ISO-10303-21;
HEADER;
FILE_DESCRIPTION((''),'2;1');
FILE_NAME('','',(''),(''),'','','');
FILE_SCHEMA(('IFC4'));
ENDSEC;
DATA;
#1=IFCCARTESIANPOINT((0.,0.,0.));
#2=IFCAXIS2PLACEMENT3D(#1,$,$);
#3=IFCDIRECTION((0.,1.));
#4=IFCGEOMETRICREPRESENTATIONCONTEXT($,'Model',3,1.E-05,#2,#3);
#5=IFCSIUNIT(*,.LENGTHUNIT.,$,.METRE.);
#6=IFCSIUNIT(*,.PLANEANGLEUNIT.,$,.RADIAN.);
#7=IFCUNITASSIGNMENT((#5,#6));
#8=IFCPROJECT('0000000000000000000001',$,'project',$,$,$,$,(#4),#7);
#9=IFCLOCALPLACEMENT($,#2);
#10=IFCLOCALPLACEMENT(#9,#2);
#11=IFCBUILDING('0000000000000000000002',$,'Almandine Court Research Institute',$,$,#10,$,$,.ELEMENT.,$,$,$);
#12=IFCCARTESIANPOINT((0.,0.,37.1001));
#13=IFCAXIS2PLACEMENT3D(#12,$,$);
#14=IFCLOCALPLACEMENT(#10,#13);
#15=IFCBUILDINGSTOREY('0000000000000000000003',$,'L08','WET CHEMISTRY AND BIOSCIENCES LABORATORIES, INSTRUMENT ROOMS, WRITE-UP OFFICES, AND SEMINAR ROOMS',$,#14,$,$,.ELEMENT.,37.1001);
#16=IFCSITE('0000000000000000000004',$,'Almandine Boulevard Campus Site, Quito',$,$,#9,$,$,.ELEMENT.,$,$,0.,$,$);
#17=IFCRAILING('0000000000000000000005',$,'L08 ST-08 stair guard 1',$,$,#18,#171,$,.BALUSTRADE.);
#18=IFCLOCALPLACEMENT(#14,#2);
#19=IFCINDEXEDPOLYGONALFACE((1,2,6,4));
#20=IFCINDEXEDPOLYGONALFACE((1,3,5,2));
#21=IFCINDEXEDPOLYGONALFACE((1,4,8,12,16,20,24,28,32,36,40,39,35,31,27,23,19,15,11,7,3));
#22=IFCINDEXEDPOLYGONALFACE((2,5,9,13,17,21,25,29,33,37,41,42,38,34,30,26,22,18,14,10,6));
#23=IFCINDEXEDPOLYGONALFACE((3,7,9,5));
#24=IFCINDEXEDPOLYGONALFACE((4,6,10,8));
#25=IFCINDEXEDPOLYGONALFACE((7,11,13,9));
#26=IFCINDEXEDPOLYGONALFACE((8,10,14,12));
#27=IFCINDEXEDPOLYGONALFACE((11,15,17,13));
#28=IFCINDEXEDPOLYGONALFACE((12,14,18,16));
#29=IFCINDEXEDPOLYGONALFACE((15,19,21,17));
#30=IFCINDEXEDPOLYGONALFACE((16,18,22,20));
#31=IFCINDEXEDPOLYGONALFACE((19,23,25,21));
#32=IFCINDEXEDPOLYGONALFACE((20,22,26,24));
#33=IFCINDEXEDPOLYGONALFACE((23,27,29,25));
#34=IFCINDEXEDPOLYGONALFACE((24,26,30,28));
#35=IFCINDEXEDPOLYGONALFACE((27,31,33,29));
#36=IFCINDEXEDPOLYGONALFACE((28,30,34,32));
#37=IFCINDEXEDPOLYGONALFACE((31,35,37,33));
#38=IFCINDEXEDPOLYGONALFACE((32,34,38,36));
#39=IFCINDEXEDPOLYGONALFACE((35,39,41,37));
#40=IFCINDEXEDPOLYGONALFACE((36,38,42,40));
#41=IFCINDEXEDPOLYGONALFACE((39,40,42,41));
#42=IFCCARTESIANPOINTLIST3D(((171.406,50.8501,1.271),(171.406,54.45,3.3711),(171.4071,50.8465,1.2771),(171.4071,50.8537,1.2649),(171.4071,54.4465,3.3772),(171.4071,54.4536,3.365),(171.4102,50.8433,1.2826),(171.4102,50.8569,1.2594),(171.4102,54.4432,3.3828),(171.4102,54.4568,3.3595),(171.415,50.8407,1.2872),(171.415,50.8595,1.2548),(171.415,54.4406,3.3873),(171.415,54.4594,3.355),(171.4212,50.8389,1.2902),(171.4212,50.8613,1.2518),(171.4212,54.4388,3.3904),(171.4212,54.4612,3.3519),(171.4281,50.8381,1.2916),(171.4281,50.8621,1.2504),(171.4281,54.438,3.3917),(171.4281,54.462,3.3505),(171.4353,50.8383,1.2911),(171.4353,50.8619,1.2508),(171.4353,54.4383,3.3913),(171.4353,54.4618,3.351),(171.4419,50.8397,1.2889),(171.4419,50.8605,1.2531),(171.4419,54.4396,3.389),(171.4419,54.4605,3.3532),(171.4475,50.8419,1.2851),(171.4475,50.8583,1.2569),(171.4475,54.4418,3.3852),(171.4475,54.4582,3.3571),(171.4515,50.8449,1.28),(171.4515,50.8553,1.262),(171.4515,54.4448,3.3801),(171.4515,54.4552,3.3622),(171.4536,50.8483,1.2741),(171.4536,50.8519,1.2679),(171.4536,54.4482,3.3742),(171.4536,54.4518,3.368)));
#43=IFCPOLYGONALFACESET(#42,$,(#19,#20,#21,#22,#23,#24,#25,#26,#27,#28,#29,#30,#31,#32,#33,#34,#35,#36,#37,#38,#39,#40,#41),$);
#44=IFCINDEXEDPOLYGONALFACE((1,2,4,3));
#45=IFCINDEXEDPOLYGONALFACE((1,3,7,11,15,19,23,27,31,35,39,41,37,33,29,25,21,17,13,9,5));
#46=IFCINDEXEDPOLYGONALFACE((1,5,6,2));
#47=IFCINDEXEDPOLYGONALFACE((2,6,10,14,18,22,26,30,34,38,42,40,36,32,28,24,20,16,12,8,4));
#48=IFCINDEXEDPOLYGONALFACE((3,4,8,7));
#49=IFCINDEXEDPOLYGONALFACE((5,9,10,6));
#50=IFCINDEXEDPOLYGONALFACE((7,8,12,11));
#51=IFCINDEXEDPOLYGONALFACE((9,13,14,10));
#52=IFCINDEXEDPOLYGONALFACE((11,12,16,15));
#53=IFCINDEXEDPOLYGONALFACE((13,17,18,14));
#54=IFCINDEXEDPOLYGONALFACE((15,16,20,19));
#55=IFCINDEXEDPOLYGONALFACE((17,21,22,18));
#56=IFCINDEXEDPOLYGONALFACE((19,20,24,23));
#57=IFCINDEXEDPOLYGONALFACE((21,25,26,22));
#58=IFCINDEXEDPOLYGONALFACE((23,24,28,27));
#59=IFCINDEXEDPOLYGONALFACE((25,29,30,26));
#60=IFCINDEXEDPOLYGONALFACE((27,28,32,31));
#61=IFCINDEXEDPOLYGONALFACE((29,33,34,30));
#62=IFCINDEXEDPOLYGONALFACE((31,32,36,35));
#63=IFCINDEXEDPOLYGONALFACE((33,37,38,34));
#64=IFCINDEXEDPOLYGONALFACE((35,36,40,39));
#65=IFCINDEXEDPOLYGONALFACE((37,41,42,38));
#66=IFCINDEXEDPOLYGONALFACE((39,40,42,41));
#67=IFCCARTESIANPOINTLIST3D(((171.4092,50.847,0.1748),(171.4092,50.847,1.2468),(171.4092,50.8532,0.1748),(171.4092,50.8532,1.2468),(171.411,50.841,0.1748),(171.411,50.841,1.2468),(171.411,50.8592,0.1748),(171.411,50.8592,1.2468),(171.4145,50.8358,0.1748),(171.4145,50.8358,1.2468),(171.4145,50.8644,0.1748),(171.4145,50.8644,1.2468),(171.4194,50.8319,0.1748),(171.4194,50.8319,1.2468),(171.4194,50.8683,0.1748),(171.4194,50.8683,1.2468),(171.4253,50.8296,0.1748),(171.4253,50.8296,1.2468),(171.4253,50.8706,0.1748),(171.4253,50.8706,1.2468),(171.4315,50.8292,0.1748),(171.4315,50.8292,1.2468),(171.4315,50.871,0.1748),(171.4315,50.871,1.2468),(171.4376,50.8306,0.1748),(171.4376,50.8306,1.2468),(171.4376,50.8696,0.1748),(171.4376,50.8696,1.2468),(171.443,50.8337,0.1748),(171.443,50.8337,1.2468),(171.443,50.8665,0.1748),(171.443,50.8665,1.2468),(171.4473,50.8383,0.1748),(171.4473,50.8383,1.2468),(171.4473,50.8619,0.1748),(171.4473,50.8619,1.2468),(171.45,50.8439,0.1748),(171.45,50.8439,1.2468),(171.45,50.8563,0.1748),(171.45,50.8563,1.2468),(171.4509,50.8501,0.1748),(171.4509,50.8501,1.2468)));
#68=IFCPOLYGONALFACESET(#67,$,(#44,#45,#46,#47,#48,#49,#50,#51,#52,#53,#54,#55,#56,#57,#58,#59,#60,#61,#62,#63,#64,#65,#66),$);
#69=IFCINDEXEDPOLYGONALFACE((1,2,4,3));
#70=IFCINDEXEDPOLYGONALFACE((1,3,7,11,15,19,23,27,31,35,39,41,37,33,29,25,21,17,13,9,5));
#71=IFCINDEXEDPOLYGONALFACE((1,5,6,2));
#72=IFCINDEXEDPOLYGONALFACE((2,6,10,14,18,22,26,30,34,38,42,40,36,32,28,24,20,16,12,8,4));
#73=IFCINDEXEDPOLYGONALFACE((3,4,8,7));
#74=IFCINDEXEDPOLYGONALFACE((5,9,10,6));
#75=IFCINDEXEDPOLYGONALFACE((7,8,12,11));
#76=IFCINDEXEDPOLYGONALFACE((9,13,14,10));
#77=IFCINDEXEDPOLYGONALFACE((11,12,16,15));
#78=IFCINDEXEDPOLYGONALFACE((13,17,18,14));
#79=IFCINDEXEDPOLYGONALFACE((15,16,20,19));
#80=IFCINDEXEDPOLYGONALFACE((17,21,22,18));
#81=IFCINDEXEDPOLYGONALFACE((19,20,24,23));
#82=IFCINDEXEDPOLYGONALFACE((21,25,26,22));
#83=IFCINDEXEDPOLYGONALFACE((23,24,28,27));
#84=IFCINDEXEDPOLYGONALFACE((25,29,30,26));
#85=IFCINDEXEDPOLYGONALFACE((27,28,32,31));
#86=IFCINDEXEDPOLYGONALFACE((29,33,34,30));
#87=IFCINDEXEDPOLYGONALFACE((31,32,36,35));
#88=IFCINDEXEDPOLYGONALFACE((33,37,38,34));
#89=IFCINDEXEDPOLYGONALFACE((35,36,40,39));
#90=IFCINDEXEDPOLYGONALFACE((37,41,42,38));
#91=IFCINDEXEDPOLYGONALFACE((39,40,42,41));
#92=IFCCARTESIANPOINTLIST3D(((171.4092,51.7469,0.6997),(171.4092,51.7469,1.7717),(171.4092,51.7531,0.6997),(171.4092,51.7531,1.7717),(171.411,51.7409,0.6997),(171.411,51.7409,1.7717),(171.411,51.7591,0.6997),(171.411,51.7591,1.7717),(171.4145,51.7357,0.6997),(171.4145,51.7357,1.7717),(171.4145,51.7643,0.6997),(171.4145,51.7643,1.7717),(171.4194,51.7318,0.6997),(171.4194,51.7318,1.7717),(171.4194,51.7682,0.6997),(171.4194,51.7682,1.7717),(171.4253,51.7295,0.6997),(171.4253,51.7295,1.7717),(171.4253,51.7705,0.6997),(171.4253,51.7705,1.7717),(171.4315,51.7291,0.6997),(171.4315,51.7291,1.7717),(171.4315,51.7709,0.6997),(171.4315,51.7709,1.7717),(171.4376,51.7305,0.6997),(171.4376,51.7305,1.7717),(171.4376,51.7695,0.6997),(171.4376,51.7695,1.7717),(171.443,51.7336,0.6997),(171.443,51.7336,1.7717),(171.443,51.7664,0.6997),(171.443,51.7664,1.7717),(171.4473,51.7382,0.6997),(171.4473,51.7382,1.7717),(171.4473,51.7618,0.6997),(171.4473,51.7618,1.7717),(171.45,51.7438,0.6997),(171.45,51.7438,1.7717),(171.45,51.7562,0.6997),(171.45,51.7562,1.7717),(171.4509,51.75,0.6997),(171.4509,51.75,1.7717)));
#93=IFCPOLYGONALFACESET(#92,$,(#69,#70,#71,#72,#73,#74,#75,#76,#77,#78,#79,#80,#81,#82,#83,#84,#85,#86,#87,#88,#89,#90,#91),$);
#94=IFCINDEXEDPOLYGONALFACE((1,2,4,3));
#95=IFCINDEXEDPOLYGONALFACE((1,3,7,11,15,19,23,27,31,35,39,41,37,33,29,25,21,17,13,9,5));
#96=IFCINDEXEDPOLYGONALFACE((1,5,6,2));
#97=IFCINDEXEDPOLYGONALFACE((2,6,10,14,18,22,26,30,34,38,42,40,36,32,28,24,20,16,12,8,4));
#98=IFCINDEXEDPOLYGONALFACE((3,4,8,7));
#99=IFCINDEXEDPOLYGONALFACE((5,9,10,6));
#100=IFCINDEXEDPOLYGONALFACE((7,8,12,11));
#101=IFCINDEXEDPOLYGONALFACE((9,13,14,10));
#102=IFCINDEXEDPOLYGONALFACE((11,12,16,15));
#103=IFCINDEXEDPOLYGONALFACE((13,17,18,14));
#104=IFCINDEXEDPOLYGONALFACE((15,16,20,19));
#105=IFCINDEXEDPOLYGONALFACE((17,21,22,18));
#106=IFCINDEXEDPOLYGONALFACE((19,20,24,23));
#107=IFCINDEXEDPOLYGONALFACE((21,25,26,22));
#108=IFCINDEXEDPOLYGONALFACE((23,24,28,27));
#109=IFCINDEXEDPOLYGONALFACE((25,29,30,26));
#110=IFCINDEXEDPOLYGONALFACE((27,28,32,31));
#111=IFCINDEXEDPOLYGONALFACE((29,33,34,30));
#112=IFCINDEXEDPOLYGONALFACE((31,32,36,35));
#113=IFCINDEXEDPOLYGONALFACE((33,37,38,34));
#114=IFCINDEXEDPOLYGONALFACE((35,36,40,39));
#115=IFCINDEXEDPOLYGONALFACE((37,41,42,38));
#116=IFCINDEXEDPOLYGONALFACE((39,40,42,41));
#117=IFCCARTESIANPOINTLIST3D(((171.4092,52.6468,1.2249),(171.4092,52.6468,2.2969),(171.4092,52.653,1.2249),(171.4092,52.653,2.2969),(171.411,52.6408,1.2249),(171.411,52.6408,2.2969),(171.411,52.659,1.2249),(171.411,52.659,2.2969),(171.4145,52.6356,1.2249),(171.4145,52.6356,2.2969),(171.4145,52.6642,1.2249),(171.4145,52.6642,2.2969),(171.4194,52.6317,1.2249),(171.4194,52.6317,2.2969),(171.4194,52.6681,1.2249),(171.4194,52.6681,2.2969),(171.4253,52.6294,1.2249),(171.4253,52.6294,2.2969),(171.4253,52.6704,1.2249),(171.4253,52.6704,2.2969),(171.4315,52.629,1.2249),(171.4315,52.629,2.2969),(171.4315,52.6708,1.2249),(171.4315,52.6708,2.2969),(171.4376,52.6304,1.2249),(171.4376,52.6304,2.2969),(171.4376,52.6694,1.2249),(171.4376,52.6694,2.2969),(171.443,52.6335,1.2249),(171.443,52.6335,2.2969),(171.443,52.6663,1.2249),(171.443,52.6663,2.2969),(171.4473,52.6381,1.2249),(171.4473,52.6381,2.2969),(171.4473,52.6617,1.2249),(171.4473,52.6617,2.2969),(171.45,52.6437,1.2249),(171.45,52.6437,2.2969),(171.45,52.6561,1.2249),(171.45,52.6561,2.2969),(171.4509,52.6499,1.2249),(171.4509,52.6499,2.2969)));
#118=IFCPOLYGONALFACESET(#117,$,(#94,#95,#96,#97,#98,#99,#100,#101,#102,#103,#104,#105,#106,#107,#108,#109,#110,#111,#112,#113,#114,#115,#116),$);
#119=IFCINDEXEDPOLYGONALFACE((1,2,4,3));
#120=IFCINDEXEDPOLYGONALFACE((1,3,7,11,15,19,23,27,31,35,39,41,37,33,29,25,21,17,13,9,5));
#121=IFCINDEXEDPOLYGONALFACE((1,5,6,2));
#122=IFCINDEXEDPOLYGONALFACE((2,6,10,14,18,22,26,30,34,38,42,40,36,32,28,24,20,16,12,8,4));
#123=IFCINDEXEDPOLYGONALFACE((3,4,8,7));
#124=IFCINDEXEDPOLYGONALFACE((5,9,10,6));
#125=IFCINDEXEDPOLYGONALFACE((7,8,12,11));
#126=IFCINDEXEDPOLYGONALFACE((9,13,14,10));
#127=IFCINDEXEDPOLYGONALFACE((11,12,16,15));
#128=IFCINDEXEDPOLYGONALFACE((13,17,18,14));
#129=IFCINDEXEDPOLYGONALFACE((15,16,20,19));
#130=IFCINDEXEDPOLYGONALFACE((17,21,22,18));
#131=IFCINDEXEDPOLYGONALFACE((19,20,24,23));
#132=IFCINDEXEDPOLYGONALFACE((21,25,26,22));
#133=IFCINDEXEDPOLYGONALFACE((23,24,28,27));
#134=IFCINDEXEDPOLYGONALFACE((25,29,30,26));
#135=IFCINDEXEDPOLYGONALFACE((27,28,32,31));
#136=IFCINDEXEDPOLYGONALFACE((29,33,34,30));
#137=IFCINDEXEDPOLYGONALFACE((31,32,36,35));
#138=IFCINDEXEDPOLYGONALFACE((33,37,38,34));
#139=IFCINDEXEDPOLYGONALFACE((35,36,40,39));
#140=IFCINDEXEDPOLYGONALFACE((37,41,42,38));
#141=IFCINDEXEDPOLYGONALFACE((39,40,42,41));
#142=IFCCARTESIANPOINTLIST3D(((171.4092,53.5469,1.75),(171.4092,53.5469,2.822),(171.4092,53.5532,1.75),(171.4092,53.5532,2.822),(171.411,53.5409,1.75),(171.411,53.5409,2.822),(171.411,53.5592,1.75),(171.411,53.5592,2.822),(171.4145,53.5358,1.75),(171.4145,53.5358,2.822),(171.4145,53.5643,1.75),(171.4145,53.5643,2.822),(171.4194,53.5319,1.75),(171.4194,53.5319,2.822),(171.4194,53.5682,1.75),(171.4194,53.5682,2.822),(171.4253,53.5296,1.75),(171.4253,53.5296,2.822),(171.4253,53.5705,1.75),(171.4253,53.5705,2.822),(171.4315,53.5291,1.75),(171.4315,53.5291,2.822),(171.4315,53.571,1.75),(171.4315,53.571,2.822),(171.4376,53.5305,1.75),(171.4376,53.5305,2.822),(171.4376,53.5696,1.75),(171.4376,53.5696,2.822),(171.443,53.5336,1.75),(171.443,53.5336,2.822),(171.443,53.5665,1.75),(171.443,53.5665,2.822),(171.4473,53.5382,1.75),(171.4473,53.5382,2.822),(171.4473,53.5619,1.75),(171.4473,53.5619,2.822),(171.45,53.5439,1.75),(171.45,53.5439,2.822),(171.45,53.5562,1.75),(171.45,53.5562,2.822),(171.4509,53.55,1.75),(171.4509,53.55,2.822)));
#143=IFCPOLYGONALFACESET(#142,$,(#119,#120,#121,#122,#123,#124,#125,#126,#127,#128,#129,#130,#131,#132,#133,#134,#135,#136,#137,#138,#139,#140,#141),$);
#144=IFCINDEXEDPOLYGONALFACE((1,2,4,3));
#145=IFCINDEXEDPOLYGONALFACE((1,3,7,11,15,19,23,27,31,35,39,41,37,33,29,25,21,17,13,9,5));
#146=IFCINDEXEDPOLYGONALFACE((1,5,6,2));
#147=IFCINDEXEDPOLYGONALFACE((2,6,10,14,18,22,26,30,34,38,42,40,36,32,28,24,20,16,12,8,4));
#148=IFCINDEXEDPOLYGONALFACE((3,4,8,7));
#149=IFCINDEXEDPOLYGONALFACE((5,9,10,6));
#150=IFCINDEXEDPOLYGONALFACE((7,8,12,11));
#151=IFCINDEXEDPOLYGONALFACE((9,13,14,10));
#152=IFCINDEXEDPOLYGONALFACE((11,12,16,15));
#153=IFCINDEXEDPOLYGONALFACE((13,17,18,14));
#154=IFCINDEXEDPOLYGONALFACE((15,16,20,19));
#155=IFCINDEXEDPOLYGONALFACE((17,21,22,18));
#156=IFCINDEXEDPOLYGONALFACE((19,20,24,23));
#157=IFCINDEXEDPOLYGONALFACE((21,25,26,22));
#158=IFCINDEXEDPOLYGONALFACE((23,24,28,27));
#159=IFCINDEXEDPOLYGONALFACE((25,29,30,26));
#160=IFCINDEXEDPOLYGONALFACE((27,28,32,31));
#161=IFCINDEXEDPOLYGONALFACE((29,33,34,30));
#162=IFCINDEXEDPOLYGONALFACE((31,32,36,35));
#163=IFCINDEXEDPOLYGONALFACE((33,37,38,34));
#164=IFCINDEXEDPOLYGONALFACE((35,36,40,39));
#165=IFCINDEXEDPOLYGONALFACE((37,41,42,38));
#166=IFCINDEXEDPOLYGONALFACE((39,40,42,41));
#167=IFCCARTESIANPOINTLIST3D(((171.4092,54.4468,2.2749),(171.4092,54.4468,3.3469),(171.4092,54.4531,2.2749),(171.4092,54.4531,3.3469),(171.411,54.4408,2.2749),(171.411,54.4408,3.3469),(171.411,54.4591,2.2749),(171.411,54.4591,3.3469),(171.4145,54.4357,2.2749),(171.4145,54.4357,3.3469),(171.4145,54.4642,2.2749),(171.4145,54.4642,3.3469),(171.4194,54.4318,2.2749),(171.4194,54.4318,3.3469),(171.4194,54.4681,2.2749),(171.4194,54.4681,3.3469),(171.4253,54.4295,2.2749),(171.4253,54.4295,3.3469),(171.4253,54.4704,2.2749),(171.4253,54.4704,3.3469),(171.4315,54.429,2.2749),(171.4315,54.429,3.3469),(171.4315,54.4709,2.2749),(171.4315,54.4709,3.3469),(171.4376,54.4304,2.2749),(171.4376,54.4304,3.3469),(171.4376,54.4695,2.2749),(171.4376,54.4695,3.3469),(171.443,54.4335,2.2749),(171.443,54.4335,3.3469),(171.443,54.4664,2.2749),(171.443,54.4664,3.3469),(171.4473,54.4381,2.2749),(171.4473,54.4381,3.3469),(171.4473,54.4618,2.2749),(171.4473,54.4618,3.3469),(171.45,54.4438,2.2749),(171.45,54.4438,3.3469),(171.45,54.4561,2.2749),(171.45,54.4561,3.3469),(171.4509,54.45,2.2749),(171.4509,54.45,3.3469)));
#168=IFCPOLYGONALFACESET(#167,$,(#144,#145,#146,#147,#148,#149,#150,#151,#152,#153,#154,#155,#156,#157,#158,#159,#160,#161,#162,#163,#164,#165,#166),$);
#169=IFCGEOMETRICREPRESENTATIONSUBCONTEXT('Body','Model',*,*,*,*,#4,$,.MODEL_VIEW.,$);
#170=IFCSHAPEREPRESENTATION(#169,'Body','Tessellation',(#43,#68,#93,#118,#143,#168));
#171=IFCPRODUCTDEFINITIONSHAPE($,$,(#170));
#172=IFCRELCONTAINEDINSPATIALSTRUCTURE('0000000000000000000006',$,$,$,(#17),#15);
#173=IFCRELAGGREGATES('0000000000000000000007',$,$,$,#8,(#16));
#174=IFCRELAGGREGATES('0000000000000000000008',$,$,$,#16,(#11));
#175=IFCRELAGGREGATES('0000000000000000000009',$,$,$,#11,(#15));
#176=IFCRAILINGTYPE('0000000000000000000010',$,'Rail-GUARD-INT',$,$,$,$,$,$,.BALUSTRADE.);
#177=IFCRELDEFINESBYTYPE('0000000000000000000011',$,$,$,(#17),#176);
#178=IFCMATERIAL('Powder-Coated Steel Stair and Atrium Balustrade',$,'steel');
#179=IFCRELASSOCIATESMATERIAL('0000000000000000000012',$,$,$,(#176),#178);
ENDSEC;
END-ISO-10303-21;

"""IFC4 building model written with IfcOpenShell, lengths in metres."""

from ifc_helpers import new_model, si_unit, direction, frame, origin, origin_2d, place, context, subcontext, project, spatial, circle, extrude, material, type_object, element, save


model = new_model("IFC4")

# Units and contexts
model_context = context("Model", 3, precision=1e-05, world=origin(), true_north=direction((0.0, 1.0)))
body_context = subcontext(model_context, "Body", "Model", "MODEL_VIEW")
ifc_project = project(units=[si_unit("LENGTHUNIT", "METRE"), si_unit("PLANEANGLEUNIT", "RADIAN")], contexts=[model_context])

# Site, building, storey
site_placement = place(None, origin())
site = spatial("IfcSite", under=ifc_project, at=site_placement, Name="Almandine Boulevard Campus Site, Quito", CompositionType="ELEMENT", RefElevation=0.0)
building_placement = place(site_placement, origin())
building = spatial("IfcBuilding", under=site, at=building_placement, Name="Almandine Court Research Institute", CompositionType="ELEMENT")
storey_placement = place(building_placement, frame((0.0, 0.0, 37.1001)))
storey = spatial("IfcBuildingStorey", under=building, at=storey_placement, Name="L08", Description="WET CHEMISTRY AND BIOSCIENCES LABORATORIES, INSTRUMENT ROOMS, WRITE-UP OFFICES, AND SEMINAR ROOMS", CompositionType="ELEMENT", Elevation=37.1001)

# Railing
ifc_material_1 = material(Name="Powder-Coated Steel Stair and Atrium Balustrade", Category="steel")
railing_type_1 = type_object("IfcRailingType", Name="Rail-GUARD-INT", PredefinedType="BALUSTRADE", material=ifc_material_1)
railing_1_placement = place(storey_placement, frame((171.4299, 50.8501, 0.1748)))
element("IfcRailing", 1, at=railing_1_placement, inside=storey, type_object=railing_type_1, Name="L08 ST-08 stair guard 1", PredefinedType="BALUSTRADE", context=body_context, shape_type="SweptSolid", body=[
    extrude(circle(Radius=0.0239, at=origin_2d()), frame((0.0, 0.0, 1.0962), z_axis=(0.0, 0.86376, 0.503904), x_axis=(-1.0, 0.0, 0.0)), (0.0, 0.0, 1.0), 4.1677),
    extrude(circle(Radius=0.021, at=origin_2d()), origin(), (0.0, 0.0, 1.0), 1.072),
    extrude(circle(Radius=0.021, at=origin_2d()), frame((0.0, 0.8999, 0.5249)), (0.0, 0.0, 1.0), 1.072),
    extrude(circle(Radius=0.021, at=origin_2d()), frame((0.0, 1.7998, 1.05)), (0.0, 0.0, 1.0), 1.072),
    extrude(circle(Radius=0.021, at=origin_2d()), frame((0.0, 2.7, 1.5752)), (0.0, 0.0, 1.0), 1.072),
    extrude(circle(Radius=0.021, at=origin_2d()), frame((0.0, 3.5999, 2.1001)), (0.0, 0.0, 1.0), 1.072),
])

save(model, "model.ifc")
